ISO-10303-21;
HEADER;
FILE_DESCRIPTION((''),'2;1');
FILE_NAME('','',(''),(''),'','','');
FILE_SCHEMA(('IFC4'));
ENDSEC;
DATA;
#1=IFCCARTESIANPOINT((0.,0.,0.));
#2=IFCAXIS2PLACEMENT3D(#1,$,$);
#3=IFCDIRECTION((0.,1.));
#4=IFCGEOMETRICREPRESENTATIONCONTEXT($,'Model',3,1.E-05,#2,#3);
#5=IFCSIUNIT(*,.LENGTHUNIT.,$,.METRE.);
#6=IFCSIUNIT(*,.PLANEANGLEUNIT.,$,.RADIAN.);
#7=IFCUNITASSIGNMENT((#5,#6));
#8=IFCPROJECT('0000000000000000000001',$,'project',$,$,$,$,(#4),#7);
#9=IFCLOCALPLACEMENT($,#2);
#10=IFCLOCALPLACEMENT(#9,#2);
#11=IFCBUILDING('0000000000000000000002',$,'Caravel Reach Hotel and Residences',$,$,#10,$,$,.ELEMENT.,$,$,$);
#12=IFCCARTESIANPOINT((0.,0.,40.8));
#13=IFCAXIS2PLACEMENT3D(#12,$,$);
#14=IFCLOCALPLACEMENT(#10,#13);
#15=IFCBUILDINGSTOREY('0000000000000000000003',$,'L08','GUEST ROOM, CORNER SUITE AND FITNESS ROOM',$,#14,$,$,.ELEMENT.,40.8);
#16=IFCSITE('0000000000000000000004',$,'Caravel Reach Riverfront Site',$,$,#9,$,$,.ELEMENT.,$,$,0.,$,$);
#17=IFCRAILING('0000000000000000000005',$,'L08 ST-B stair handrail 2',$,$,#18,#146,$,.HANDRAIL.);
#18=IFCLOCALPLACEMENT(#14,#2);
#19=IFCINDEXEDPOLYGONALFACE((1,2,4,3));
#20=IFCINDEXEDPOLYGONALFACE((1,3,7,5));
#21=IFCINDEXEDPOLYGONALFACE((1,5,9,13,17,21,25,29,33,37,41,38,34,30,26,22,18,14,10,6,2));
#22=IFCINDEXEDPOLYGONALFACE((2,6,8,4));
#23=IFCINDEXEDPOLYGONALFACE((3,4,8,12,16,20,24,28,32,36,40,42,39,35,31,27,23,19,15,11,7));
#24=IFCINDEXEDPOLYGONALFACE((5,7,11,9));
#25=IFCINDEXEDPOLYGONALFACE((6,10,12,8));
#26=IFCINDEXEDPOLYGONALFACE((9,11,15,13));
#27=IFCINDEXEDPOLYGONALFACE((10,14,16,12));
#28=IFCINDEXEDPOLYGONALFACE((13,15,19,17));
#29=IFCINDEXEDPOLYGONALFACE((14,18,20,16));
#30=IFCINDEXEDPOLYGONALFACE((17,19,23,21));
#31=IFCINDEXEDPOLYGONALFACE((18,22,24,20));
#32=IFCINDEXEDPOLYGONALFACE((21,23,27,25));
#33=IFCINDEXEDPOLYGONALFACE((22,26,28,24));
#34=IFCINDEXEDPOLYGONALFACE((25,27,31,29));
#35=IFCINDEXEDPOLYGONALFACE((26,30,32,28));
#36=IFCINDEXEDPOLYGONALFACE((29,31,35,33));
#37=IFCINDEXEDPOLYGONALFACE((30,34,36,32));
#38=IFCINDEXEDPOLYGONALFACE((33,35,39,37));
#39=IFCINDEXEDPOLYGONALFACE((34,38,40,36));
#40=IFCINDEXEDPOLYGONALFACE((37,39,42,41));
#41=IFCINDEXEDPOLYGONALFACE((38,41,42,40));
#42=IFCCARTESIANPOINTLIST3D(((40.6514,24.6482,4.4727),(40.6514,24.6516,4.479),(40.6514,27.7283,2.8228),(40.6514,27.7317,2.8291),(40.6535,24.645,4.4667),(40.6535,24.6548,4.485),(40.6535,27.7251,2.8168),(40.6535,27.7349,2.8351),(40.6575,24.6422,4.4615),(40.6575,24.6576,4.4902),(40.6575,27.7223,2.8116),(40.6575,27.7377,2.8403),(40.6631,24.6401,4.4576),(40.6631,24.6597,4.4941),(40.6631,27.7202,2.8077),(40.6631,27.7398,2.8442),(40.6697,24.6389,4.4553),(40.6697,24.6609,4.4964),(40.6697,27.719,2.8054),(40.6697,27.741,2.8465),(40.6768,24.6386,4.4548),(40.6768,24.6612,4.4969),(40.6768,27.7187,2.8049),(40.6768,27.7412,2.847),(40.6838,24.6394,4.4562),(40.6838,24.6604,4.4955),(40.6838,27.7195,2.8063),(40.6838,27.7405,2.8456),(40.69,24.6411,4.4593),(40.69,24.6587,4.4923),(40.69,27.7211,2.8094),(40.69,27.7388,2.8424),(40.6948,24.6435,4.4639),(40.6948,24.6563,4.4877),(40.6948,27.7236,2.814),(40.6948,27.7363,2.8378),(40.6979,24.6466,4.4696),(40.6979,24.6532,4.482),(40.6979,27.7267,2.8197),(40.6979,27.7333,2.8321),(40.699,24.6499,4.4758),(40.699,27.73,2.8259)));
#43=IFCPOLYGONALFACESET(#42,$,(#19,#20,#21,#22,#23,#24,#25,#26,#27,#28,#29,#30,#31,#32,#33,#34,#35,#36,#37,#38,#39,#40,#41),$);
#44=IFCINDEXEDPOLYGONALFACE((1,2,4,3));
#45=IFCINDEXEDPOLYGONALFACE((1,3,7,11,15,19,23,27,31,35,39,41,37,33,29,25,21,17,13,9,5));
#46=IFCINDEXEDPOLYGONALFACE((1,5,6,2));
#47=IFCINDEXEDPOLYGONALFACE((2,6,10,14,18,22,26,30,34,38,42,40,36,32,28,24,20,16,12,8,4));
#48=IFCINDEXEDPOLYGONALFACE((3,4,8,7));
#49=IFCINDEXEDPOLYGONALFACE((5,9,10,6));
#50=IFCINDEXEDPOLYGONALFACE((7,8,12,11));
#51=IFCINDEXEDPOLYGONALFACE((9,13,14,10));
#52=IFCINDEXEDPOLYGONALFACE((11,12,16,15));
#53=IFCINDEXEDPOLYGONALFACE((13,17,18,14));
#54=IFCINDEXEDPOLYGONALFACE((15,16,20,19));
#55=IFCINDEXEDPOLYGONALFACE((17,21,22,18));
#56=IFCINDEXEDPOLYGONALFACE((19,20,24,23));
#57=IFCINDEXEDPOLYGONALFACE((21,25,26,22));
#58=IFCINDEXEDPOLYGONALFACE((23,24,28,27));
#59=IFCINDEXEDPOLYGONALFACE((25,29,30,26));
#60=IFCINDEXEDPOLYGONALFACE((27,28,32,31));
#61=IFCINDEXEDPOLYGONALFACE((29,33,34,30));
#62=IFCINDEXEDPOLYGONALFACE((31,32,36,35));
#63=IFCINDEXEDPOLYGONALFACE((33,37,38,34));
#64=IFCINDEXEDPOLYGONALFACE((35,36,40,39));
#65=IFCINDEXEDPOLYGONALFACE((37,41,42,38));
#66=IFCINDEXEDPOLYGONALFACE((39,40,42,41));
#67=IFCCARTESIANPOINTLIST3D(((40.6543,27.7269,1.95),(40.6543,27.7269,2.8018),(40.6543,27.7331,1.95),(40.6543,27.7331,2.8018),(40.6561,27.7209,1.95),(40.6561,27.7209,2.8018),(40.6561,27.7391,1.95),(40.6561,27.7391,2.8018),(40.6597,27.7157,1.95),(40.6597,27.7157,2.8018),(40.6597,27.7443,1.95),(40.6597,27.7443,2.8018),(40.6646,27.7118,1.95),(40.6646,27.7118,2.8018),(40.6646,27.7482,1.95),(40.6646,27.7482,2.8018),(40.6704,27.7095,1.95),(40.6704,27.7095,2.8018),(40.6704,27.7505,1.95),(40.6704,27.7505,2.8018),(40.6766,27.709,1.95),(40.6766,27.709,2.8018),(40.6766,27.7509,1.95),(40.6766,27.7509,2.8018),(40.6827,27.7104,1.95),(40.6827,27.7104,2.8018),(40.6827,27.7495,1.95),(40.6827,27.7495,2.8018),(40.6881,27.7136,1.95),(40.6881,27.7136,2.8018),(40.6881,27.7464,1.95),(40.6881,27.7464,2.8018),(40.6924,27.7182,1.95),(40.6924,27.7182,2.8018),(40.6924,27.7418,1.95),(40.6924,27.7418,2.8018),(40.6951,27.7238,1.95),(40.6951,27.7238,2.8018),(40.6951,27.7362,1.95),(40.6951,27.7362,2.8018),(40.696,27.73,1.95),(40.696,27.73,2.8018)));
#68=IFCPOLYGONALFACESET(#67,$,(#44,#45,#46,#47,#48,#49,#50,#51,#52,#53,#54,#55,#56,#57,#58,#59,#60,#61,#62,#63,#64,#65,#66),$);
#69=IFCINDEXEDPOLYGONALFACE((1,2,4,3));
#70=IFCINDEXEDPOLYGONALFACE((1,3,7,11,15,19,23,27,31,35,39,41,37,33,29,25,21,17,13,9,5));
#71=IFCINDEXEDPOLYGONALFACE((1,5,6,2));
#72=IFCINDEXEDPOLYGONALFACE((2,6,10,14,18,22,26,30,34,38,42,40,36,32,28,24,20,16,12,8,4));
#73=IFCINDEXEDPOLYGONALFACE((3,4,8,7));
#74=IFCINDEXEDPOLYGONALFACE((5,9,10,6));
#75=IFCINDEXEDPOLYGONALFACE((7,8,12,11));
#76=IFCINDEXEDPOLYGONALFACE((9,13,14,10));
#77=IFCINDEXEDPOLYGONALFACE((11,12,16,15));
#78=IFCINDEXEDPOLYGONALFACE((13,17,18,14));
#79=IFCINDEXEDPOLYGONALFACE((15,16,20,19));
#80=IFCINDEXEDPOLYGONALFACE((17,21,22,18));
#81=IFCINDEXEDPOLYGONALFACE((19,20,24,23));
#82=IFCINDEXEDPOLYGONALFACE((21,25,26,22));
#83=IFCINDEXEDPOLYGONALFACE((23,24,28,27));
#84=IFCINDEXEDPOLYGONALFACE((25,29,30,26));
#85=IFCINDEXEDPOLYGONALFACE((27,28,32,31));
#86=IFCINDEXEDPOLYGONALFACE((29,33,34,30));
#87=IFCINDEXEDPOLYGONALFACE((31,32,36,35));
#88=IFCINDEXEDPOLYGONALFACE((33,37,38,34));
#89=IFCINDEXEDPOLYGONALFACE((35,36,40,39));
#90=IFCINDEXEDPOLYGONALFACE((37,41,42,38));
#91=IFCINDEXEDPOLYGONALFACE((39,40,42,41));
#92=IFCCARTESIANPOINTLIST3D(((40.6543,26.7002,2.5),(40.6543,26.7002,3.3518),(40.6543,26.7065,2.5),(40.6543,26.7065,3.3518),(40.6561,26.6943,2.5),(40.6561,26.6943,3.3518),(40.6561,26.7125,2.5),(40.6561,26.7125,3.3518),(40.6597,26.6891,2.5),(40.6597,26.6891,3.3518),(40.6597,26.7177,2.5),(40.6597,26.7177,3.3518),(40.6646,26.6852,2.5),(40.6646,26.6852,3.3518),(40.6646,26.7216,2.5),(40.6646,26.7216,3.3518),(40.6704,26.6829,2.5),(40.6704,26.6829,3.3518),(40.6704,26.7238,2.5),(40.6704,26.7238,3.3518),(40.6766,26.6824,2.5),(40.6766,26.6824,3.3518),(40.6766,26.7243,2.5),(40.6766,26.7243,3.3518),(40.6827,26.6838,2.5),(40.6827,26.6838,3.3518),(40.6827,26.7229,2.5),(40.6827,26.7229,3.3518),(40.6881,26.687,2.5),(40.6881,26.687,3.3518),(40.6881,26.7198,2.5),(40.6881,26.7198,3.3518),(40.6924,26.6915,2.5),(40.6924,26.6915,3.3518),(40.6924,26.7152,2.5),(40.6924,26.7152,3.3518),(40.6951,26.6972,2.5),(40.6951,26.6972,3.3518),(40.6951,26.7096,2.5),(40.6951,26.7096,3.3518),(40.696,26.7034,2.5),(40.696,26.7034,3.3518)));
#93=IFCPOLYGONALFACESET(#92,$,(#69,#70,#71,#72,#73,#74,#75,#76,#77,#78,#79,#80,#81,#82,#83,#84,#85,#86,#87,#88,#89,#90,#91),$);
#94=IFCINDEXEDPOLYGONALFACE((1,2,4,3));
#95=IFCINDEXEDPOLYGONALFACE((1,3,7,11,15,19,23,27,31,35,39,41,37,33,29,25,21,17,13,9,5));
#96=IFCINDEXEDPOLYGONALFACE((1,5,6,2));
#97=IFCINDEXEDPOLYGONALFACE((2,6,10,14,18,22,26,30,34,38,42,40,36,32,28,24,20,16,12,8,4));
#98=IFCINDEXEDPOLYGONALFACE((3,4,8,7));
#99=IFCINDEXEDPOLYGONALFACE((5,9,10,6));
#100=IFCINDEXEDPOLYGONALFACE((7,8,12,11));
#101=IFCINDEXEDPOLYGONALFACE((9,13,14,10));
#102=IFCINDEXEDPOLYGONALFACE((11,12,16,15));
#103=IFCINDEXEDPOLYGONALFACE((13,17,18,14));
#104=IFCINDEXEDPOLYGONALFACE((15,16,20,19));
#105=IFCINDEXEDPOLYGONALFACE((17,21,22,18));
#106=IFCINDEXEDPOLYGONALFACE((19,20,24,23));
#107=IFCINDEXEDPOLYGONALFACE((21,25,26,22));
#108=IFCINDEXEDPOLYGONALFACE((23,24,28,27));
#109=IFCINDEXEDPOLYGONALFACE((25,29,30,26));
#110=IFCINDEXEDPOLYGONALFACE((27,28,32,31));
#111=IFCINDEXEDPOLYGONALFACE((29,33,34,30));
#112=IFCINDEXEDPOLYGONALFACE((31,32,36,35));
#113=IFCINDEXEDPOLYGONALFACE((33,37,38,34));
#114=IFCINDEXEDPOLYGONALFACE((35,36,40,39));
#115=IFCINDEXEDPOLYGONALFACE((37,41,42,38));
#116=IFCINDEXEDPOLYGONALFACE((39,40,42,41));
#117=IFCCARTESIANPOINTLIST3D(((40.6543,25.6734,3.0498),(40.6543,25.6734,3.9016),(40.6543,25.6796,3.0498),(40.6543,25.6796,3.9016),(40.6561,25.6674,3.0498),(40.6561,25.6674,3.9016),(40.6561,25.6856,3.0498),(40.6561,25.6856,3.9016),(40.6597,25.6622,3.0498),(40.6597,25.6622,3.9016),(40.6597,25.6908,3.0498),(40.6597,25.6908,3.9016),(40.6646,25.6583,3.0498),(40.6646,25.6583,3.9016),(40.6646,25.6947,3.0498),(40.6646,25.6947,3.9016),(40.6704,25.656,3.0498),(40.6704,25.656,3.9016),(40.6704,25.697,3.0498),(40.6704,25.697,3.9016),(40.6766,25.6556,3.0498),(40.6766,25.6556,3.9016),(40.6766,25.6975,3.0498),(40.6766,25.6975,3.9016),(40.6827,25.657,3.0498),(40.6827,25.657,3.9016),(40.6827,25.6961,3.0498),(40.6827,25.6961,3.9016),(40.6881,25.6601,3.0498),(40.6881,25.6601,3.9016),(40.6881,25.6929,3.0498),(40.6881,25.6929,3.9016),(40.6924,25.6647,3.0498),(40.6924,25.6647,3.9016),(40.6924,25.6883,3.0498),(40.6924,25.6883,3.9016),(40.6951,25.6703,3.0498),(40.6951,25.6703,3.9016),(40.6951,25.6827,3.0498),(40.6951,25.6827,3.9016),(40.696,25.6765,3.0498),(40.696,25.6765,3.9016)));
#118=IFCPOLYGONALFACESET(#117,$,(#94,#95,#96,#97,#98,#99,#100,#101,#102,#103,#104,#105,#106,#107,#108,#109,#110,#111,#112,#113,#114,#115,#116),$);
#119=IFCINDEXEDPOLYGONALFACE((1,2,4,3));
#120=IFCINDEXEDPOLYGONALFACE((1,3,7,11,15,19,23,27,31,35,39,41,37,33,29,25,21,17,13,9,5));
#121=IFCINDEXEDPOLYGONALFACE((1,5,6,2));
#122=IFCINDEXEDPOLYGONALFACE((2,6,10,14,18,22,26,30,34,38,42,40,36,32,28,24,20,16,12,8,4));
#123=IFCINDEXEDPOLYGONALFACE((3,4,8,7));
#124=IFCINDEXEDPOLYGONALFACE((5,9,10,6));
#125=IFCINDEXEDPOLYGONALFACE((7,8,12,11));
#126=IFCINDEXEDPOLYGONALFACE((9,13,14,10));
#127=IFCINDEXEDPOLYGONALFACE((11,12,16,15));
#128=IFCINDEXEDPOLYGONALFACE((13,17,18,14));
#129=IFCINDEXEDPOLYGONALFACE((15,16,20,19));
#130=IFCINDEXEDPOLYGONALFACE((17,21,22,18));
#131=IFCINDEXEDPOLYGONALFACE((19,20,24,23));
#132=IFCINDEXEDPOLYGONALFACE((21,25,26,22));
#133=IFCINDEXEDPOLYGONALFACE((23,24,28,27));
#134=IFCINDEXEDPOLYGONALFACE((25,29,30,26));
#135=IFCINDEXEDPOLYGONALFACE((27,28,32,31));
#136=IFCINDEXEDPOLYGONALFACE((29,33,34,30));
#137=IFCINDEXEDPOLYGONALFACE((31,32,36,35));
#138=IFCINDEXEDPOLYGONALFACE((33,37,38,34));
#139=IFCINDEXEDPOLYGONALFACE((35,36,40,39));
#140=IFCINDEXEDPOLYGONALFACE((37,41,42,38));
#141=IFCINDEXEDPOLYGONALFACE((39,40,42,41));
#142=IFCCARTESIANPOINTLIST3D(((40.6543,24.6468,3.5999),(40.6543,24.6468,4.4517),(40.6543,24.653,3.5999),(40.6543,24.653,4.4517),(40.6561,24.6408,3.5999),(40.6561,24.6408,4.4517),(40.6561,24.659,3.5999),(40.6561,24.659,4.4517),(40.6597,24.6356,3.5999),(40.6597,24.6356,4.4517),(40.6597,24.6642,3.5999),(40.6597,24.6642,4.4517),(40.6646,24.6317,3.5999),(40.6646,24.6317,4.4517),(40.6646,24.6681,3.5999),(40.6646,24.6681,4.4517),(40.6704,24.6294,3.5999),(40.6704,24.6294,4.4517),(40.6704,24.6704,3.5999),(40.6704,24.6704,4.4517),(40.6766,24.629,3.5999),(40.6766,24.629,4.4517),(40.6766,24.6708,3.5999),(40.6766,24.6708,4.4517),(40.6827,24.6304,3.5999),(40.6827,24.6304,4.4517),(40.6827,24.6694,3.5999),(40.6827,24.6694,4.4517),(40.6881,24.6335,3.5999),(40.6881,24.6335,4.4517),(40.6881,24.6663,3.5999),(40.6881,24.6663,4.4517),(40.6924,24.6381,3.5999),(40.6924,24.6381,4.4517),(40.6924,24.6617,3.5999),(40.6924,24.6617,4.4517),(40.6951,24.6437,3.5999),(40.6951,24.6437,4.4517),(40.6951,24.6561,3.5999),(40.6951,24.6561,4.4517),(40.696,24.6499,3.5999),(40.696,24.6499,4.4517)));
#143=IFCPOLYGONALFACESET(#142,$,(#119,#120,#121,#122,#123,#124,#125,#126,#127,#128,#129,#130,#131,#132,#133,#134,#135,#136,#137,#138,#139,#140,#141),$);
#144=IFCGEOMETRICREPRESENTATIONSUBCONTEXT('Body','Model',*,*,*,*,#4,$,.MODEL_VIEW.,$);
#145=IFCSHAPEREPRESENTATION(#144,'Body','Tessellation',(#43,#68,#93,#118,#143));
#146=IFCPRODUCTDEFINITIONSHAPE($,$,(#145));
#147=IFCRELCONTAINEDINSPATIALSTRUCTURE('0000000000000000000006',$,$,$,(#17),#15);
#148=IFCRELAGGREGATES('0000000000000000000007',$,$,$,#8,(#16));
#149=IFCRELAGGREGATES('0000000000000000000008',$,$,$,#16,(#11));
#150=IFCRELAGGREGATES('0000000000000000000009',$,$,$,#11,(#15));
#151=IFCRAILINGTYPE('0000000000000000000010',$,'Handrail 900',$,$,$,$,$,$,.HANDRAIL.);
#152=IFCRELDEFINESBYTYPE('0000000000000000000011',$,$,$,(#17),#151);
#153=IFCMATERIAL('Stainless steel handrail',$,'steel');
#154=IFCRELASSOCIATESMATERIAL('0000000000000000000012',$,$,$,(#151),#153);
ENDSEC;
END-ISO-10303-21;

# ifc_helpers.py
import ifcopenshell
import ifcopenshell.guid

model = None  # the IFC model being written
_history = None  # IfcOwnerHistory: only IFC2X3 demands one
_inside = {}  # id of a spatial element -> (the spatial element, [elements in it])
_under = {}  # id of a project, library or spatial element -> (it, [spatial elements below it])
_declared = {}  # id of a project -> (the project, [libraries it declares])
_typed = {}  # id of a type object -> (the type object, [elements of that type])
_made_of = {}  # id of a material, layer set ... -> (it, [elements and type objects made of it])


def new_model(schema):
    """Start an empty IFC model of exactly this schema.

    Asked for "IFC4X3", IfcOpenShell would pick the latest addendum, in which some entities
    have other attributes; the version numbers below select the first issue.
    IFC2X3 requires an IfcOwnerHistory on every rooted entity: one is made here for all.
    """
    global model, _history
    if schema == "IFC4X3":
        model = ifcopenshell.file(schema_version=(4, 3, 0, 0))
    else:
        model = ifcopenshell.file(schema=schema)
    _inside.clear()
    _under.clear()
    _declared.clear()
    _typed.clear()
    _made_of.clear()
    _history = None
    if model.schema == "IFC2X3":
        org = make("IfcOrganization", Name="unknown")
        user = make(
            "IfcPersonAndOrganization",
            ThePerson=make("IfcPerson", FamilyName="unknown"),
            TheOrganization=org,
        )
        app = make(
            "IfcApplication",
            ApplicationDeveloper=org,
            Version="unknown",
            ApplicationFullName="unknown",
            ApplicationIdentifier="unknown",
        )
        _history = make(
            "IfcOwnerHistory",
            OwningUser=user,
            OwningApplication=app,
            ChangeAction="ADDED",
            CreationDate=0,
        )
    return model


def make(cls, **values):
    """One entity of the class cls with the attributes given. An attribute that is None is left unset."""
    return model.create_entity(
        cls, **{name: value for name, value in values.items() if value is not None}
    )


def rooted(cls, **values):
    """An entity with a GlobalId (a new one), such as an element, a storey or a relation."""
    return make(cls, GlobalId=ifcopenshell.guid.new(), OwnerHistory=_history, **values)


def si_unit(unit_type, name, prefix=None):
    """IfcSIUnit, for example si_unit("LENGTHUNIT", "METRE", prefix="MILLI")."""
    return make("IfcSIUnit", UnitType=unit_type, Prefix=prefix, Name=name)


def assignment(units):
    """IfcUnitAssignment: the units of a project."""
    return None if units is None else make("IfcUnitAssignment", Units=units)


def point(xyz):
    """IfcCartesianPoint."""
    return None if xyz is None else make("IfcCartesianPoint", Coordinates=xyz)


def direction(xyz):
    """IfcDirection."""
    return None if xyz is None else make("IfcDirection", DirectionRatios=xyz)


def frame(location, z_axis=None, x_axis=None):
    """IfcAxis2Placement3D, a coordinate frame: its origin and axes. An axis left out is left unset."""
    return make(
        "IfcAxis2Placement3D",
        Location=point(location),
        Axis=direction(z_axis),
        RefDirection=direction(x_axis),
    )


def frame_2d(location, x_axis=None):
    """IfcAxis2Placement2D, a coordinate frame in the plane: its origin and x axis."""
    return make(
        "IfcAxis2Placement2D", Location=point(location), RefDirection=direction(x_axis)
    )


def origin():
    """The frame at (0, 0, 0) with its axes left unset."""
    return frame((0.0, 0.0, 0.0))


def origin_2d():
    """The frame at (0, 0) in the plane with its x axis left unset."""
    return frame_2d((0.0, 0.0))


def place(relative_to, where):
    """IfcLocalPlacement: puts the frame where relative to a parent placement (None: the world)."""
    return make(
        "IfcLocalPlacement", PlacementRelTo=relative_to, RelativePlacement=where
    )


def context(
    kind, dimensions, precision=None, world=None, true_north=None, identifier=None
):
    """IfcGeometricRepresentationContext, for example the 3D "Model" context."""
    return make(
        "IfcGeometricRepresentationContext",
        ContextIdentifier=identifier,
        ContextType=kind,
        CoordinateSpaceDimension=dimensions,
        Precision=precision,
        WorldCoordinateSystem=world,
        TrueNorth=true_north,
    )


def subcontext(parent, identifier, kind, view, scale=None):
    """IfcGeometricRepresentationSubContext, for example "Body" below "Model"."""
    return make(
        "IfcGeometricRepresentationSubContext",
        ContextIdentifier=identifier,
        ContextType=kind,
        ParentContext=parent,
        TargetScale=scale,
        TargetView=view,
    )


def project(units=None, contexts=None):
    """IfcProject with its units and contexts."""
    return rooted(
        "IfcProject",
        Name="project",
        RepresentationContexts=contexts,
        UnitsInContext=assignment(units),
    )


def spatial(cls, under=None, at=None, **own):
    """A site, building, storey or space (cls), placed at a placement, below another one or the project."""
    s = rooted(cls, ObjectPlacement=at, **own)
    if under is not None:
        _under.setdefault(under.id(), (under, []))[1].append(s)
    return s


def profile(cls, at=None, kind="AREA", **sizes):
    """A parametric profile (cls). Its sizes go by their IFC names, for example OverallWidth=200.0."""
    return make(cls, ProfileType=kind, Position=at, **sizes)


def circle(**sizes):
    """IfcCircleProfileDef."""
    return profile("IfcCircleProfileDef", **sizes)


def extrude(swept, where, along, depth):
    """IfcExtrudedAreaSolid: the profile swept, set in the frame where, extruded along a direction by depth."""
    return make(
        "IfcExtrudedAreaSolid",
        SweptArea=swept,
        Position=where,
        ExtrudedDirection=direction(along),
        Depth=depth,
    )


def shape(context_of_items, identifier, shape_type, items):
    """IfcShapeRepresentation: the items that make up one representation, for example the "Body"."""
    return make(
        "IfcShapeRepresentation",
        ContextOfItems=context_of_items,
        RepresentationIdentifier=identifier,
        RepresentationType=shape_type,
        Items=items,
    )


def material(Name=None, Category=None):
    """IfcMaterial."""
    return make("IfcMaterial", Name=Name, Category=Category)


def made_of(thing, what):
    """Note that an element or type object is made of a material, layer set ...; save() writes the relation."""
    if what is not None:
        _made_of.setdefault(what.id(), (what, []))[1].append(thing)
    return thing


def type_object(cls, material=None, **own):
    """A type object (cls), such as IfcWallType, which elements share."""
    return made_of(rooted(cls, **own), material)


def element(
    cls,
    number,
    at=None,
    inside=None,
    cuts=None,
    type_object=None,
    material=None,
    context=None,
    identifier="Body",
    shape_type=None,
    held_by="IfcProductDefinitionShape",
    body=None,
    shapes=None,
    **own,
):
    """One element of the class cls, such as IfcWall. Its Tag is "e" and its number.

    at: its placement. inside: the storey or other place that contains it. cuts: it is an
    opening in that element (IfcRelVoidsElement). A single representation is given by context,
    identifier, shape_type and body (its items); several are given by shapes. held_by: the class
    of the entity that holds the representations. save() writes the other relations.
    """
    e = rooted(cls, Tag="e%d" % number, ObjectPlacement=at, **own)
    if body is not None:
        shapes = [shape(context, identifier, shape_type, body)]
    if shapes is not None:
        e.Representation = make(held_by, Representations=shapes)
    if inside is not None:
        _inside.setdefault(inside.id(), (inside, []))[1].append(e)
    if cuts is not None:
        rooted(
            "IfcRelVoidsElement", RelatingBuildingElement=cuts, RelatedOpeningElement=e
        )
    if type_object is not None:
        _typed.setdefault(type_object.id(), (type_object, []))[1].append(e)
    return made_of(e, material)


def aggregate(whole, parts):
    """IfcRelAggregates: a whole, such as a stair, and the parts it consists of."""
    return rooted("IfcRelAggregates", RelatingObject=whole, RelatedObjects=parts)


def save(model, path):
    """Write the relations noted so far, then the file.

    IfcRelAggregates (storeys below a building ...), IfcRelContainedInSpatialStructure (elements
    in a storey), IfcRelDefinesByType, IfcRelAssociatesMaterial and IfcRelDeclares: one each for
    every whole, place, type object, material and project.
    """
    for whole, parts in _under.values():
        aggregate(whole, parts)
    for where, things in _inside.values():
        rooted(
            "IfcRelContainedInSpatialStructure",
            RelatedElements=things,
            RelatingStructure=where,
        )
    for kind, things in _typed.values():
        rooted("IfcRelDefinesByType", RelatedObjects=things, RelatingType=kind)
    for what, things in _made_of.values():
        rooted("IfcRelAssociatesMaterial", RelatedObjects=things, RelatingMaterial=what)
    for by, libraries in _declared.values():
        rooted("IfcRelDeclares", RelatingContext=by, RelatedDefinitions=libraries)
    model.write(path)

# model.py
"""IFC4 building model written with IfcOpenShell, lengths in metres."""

from ifc_helpers import new_model, si_unit, direction, frame, origin, origin_2d, place, context, subcontext, project, spatial, circle, extrude, material, type_object, element, save


model = new_model("IFC4")

# Units and contexts
model_context = context("Model", 3, precision=1e-05, world=origin(), true_north=direction((0.0, 1.0)))
body_context = subcontext(model_context, "Body", "Model", "MODEL_VIEW")
ifc_project = project(units=[si_unit("LENGTHUNIT", "METRE"), si_unit("PLANEANGLEUNIT", "RADIAN")], contexts=[model_context])

# Site, building, storey
site_placement = place(None, origin())
site = spatial("IfcSite", under=ifc_project, at=site_placement, Name="Caravel Reach Riverfront Site", CompositionType="ELEMENT", RefElevation=0.0)
building_placement = place(site_placement, origin())
building = spatial("IfcBuilding", under=site, at=building_placement, Name="Caravel Reach Hotel and Residences", CompositionType="ELEMENT")
storey_placement = place(building_placement, frame((0.0, 0.0, 40.8)))
storey = spatial("IfcBuildingStorey", under=building, at=storey_placement, Name="L08", Description="GUEST ROOM, CORNER SUITE AND FITNESS ROOM", CompositionType="ELEMENT", Elevation=40.8)

# Railing
ifc_material_1 = material(Name="Stainless steel handrail", Category="steel")
railing_type_1 = type_object("IfcRailingType", Name="Handrail 900", PredefinedType="HANDRAIL", material=ifc_material_1)
railing_1_placement = place(storey_placement, frame((40.675, 27.73, 1.95)))
element("IfcRailing", 1, at=railing_1_placement, inside=storey, type_object=railing_type_1, Name="L08 ST-B stair handrail 2", PredefinedType="HANDRAIL", context=body_context, shape_type="SweptSolid", body=[
    extrude(circle(Radius=0.0239, at=origin_2d()), frame((0.0, 0.0, 0.876), z_axis=(0.0, -0.881497, 0.47219), x_axis=(1.0, 0.0, 0.0)), (0.0, 0.0, 1.0), 3.4941),
    extrude(circle(Radius=0.021, at=origin_2d()), origin(), (0.0, 0.0, 1.0), 0.8518),
    extrude(circle(Radius=0.021, at=origin_2d()), frame((0.0, -1.0266, 0.55)), (0.0, 0.0, 1.0), 0.8518),
    extrude(circle(Radius=0.021, at=origin_2d()), frame((0.0, -2.0535, 1.0999)), (0.0, 0.0, 1.0), 0.8518),
    extrude(circle(Radius=0.021, at=origin_2d()), frame((0.0, -3.0801, 1.6499)), (0.0, 0.0, 1.0), 0.8518),
])

save(model, "model.ifc")
